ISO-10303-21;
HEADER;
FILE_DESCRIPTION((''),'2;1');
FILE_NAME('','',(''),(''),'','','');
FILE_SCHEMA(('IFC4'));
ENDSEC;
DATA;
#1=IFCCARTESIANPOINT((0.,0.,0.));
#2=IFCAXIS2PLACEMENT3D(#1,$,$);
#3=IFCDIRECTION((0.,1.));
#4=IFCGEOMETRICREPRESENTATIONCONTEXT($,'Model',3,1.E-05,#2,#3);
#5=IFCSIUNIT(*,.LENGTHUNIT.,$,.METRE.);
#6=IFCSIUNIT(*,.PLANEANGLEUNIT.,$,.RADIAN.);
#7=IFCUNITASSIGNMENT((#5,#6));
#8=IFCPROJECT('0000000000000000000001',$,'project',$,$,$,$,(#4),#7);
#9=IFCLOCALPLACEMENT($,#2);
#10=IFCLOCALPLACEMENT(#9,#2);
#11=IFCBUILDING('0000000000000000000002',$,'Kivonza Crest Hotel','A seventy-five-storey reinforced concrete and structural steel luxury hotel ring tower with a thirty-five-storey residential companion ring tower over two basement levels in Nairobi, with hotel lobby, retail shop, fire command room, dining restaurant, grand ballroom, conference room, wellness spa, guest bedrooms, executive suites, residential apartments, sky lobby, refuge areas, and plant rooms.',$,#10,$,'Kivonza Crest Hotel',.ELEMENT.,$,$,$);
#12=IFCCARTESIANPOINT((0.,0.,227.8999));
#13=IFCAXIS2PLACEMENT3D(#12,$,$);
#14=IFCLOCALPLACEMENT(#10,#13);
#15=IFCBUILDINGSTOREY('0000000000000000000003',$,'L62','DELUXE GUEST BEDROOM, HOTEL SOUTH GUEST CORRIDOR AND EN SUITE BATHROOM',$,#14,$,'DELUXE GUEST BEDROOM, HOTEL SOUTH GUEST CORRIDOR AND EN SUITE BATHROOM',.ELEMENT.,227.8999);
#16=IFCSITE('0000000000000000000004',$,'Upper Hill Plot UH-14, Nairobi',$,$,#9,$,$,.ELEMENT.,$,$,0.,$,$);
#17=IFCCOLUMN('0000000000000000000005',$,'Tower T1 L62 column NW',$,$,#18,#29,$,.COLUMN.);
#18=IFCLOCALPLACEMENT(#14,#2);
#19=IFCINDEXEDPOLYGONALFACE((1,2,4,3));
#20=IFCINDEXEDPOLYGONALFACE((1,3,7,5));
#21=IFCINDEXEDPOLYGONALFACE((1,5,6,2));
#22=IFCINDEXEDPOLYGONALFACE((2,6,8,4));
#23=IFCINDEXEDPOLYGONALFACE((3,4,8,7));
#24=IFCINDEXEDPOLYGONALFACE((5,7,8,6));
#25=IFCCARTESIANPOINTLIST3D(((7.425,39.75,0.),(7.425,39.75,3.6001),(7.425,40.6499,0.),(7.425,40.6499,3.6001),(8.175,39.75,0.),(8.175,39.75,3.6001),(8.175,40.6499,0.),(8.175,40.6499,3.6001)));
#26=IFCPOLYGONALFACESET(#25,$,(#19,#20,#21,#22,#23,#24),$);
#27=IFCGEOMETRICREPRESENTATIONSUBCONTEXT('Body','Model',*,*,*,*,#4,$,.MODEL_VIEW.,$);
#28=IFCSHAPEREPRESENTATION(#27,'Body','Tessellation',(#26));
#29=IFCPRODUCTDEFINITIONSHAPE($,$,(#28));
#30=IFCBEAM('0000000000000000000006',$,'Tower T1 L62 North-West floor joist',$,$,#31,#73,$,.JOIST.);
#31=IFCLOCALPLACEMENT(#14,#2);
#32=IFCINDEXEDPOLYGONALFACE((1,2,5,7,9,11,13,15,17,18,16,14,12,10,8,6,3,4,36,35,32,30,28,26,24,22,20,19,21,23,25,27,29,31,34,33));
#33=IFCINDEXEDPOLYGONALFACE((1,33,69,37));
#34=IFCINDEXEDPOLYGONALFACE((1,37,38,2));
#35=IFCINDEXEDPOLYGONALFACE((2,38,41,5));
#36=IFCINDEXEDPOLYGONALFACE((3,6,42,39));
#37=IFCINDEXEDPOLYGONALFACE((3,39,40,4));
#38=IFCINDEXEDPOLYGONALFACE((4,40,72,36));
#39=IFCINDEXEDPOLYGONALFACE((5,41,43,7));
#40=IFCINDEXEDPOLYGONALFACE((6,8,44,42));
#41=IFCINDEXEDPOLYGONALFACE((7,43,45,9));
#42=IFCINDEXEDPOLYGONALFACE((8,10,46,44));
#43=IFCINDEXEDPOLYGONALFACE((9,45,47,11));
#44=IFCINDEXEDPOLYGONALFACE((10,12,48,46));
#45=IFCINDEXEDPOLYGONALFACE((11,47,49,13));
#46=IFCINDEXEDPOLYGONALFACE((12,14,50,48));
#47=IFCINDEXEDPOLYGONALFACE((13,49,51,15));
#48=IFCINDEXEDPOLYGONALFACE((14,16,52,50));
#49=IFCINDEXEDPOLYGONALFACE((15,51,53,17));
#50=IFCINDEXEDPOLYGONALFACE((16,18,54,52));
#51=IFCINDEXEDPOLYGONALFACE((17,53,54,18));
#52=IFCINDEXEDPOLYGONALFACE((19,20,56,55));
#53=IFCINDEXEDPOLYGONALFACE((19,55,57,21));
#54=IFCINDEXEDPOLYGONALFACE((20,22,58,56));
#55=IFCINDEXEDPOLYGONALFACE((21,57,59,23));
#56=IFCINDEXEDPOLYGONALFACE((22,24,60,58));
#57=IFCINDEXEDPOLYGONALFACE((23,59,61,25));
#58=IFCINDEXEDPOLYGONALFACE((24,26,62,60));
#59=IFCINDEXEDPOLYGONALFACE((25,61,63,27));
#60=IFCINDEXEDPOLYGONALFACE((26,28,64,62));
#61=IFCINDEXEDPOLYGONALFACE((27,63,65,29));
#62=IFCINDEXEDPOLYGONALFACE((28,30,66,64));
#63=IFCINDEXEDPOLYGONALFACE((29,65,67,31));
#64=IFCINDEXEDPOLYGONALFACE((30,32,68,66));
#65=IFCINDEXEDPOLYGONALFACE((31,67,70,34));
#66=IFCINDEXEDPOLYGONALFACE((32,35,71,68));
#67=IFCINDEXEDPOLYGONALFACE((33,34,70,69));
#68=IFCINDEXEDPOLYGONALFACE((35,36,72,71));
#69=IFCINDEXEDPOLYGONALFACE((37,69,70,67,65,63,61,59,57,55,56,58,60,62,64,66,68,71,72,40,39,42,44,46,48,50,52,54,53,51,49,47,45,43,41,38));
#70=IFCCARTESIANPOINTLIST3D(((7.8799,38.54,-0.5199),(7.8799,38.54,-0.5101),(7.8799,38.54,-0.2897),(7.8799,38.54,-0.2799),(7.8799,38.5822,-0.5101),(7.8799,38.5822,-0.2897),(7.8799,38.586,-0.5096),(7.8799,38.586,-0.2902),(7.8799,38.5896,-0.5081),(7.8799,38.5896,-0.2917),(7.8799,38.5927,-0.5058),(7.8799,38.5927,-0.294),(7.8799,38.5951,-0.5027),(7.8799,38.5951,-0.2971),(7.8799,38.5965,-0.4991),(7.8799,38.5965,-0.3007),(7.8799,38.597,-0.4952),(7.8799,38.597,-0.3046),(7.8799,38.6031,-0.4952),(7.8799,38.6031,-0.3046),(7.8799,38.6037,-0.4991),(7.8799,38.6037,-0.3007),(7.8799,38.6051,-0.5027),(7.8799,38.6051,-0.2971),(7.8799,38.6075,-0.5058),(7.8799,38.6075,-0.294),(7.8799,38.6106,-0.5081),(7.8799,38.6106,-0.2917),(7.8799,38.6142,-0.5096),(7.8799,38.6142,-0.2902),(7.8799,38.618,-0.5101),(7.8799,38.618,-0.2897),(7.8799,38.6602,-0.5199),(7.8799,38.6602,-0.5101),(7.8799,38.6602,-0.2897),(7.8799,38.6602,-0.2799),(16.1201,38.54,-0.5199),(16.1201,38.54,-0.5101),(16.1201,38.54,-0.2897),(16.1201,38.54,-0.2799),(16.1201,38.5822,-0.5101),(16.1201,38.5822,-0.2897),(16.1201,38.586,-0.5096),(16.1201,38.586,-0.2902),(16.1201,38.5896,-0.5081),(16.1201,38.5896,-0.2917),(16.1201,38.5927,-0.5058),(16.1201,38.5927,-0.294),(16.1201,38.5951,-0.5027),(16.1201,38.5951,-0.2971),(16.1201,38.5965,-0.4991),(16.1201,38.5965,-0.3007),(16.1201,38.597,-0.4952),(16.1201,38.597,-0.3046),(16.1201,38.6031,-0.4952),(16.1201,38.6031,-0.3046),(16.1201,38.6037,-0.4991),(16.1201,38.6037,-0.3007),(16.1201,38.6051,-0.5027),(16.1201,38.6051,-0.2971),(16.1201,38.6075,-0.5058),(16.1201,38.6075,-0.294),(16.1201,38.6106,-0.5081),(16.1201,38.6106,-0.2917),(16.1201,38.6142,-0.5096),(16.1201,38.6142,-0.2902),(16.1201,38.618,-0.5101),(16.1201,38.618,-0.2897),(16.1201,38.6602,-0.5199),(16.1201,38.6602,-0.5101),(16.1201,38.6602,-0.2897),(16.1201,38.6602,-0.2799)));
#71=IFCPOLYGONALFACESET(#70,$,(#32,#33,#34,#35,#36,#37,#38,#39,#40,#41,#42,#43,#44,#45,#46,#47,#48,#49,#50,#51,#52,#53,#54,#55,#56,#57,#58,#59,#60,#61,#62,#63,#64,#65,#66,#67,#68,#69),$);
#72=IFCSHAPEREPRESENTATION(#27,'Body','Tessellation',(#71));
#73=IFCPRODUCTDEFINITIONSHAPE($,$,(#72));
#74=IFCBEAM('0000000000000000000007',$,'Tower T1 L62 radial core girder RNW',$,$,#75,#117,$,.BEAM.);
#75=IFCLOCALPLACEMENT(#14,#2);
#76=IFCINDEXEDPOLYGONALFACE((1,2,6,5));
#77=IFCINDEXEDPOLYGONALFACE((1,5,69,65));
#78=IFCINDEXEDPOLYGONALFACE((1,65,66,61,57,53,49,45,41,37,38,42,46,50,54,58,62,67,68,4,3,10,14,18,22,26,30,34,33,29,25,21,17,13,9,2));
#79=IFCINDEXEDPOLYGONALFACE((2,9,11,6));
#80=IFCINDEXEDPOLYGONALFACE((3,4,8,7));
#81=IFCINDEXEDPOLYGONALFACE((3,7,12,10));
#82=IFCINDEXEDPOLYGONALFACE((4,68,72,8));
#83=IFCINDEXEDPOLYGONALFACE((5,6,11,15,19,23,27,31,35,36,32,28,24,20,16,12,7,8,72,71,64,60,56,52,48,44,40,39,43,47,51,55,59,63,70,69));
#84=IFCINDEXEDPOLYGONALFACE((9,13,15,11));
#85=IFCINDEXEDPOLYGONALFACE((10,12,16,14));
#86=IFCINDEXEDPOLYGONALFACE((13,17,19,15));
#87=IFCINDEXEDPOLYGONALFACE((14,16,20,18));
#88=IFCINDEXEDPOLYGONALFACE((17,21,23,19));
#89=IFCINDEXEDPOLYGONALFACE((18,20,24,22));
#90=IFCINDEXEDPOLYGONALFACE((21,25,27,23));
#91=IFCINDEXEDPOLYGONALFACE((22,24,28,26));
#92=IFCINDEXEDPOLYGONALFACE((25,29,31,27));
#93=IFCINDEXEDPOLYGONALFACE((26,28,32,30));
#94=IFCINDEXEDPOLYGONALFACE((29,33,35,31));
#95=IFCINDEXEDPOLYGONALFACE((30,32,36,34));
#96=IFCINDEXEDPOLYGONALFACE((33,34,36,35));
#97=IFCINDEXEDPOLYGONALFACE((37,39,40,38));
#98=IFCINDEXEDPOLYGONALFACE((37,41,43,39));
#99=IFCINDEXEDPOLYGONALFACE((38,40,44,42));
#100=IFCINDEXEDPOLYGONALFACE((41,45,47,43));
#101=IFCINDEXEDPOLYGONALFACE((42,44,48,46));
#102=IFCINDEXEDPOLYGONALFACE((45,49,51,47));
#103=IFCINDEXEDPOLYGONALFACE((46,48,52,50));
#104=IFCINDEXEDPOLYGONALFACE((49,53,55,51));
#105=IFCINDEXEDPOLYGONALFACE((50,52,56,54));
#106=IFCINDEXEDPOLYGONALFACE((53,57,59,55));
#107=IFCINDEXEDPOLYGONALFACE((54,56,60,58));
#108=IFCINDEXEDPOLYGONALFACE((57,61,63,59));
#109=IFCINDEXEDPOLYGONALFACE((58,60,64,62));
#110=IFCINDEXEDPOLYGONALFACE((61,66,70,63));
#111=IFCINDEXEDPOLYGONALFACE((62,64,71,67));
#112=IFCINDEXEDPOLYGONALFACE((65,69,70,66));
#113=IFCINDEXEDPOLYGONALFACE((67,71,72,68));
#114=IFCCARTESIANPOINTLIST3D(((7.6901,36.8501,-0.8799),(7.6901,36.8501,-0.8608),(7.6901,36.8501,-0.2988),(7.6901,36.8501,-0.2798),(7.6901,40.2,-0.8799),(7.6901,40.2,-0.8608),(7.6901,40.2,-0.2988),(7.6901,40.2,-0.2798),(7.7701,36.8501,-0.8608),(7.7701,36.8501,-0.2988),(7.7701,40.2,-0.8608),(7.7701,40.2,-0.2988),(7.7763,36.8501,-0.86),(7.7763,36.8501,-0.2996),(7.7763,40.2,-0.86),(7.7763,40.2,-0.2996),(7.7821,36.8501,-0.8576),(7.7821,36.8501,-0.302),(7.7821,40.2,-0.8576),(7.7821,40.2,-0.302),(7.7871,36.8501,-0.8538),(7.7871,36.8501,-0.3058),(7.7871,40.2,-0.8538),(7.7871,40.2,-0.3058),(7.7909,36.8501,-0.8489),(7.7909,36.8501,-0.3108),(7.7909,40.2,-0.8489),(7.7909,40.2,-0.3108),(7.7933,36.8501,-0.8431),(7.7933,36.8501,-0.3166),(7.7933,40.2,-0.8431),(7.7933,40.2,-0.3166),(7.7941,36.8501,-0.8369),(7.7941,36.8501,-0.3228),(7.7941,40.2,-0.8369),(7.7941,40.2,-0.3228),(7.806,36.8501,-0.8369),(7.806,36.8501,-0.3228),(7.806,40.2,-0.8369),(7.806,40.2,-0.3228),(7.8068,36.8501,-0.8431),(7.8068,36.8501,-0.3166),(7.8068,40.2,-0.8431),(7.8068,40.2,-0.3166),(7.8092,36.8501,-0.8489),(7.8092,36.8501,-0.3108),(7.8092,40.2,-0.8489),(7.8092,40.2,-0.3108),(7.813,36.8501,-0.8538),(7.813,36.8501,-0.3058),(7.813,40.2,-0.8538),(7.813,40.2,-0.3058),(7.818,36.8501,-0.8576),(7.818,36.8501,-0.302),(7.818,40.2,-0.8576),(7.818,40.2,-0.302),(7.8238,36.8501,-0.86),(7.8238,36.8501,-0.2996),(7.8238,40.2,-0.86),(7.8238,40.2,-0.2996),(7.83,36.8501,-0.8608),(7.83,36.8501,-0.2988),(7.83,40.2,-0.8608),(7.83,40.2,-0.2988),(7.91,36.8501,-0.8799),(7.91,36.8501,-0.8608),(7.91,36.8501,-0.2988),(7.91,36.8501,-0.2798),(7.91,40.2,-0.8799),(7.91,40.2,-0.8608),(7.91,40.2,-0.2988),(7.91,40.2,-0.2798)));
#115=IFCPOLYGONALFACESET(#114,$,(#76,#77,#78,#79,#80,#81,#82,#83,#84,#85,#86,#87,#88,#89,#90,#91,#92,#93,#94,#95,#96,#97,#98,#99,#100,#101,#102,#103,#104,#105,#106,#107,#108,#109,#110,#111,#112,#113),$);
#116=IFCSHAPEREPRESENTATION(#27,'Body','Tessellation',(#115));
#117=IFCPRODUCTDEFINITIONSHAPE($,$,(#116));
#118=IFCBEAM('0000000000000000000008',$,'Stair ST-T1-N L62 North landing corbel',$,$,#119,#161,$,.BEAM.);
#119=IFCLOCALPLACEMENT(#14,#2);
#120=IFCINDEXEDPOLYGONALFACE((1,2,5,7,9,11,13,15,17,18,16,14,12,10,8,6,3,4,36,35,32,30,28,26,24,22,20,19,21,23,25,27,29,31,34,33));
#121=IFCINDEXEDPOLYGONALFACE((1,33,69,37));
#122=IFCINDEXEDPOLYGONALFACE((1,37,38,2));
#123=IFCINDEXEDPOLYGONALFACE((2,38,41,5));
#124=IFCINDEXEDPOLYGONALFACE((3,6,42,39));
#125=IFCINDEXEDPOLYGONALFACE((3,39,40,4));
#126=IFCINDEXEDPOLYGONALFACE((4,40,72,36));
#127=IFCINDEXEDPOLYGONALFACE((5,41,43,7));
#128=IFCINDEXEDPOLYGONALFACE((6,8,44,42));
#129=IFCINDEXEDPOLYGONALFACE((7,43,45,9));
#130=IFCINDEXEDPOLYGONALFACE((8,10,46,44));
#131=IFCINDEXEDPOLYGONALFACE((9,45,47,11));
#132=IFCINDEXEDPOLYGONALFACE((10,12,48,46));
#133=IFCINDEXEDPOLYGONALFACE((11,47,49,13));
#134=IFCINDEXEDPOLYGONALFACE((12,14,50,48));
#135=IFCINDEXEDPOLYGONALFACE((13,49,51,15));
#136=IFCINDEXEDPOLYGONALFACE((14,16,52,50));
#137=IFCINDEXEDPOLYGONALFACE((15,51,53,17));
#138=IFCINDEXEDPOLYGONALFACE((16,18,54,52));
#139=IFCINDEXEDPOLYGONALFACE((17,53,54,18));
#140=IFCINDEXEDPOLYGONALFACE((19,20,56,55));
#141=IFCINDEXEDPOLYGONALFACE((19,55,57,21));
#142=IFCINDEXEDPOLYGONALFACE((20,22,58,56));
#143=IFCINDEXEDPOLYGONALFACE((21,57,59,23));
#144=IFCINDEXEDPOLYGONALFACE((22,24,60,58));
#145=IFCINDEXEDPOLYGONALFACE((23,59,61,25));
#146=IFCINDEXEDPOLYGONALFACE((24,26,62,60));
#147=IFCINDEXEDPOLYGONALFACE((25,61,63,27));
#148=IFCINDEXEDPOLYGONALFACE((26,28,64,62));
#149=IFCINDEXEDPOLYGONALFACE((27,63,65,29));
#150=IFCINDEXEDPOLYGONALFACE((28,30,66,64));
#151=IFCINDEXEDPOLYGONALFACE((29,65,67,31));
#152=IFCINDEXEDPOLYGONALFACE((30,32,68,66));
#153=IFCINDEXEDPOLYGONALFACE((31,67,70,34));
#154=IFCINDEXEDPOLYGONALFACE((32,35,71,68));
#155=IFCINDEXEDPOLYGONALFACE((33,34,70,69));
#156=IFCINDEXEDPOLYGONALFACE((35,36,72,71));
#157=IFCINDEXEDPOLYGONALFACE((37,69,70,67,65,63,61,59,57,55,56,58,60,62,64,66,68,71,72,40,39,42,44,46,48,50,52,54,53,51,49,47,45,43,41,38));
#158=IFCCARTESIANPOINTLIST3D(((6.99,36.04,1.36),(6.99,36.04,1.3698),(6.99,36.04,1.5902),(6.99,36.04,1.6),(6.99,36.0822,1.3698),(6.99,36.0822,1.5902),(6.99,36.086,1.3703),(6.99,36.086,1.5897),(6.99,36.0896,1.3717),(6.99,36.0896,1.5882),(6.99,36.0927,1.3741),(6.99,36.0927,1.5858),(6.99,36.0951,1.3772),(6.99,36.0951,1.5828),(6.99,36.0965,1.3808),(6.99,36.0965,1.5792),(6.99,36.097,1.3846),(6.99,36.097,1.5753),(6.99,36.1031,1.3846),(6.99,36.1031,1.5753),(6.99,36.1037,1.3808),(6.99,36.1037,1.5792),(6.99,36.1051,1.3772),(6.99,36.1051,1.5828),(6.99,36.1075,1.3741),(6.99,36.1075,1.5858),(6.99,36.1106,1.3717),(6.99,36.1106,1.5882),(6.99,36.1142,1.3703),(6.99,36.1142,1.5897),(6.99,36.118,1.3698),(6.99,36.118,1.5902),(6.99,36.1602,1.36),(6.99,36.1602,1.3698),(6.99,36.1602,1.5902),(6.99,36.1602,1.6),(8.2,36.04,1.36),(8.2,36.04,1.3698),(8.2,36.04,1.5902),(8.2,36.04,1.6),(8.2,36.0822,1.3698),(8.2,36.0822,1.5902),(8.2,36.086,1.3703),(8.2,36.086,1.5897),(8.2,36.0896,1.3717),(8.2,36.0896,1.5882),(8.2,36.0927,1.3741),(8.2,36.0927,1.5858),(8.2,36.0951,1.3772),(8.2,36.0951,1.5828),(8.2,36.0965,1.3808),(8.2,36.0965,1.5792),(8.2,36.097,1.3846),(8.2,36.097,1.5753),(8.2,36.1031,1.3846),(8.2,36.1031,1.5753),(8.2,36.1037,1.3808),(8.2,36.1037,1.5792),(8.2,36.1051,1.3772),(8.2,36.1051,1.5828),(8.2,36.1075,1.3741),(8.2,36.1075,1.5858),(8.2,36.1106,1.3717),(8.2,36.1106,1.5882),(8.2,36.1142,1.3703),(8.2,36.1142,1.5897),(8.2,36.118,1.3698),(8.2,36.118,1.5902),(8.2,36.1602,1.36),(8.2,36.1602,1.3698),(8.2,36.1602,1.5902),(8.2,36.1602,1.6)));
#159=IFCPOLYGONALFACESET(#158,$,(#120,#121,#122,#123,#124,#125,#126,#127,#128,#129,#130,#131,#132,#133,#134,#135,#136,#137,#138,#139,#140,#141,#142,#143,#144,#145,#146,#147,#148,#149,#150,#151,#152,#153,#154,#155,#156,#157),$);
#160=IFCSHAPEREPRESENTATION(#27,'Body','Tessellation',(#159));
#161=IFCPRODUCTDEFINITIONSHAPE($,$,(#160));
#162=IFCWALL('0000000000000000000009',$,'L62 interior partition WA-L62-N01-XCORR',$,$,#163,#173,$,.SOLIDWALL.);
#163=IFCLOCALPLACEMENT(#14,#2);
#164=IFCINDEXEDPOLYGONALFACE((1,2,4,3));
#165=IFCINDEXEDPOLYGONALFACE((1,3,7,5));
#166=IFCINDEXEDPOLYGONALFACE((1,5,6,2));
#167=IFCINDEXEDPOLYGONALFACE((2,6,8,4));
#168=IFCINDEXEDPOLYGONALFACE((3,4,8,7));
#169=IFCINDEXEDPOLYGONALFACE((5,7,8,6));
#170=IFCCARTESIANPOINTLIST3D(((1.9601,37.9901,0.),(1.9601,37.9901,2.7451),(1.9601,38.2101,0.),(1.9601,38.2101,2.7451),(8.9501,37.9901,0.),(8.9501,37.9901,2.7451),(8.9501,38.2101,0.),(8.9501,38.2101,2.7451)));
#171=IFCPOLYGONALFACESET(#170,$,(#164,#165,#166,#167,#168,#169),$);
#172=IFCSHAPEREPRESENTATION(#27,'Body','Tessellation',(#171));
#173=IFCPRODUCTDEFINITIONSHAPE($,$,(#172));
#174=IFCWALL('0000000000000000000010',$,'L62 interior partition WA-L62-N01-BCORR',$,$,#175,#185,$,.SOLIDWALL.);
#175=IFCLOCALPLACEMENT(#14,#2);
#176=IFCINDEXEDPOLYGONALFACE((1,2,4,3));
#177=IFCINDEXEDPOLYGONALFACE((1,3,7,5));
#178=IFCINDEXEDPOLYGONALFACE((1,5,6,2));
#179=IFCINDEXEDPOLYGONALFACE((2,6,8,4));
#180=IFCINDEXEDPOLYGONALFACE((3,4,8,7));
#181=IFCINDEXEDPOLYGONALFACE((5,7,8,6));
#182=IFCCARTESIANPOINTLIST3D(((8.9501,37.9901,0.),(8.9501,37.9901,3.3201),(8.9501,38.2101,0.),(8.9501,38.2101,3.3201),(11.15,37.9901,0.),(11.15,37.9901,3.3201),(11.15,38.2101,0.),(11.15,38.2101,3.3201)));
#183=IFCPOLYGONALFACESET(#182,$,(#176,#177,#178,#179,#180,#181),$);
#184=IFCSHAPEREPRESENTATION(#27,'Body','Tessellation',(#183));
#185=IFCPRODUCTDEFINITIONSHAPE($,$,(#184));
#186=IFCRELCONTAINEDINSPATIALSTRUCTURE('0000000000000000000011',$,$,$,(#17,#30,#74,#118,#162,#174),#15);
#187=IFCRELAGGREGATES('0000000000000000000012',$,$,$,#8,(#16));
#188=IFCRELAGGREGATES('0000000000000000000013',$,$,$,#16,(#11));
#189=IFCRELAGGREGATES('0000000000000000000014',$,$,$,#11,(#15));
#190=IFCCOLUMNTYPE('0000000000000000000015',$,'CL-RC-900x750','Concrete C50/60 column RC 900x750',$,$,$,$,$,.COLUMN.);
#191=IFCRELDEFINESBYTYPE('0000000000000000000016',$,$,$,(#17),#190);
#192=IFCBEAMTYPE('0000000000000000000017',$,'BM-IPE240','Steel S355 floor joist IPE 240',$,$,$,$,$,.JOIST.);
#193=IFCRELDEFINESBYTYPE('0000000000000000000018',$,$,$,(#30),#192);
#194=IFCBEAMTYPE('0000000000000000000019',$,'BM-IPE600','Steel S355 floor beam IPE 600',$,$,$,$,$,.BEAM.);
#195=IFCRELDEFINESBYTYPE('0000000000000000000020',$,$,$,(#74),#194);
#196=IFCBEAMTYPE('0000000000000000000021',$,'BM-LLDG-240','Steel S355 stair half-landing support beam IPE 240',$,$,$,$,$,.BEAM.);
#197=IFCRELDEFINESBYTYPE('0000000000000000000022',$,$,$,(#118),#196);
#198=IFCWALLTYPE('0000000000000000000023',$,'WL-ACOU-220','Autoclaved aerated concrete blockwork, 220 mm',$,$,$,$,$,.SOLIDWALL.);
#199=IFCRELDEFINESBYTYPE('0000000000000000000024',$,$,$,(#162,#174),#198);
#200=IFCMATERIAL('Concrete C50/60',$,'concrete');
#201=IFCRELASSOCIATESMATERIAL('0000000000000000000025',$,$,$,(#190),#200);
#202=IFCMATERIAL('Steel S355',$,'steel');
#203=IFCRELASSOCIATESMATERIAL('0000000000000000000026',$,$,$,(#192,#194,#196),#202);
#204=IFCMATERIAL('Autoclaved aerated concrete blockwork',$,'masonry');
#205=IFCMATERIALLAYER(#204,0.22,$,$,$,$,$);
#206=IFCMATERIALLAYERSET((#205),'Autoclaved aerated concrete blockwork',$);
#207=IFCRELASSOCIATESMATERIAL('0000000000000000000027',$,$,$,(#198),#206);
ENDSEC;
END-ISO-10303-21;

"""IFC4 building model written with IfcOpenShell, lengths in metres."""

from ifc_helpers import new_model, si_unit, direction, frame, frame_2d, origin, origin_2d, place, context, subcontext, project, spatial, rectangle, i_section, extrude, material, layer, layer_set, material_profile, profile_set, type_object, element, save


model = new_model("IFC4")

# Units and contexts
model_context = context("Model", 3, precision=1e-05, world=origin(), true_north=direction((0.0, 1.0)))
body_context = subcontext(model_context, "Body", "Model", "MODEL_VIEW")
ifc_project = project(units=[si_unit("LENGTHUNIT", "METRE"), si_unit("PLANEANGLEUNIT", "RADIAN")], contexts=[model_context])

# Site, building, storey
site_placement = place(None, origin())
site = spatial("IfcSite", under=ifc_project, at=site_placement, Name="Upper Hill Plot UH-14, Nairobi", CompositionType="ELEMENT", RefElevation=0.0)
building_placement = place(site_placement, origin())
building = spatial("IfcBuilding", under=site, at=building_placement, Name="Kivonza Crest Hotel", Description="A seventy-five-storey reinforced concrete and structural steel luxury hotel ring tower with a thirty-five-storey residential companion ring tower over two basement levels in Nairobi, with hotel lobby, retail shop, fire command room, dining restaurant, grand ballroom, conference room, wellness spa, guest bedrooms, executive suites, residential apartments, sky lobby, refuge areas, and plant rooms.", LongName="Kivonza Crest Hotel", CompositionType="ELEMENT")
storey_placement = place(building_placement, frame((0.0, 0.0, 227.8999)))
storey = spatial("IfcBuildingStorey", under=building, at=storey_placement, Name="L62", Description="DELUXE GUEST BEDROOM, HOTEL SOUTH GUEST CORRIDOR AND EN SUITE BATHROOM", LongName="DELUXE GUEST BEDROOM, HOTEL SOUTH GUEST CORRIDOR AND EN SUITE BATHROOM", CompositionType="ELEMENT", Elevation=227.8999)

# Column
ifc_material_1 = material(Name="Concrete C50/60", Category="concrete")
ifc_material_profile_1 = material_profile(ifc_material_1, rectangle(XDim=0.75, YDim=0.8999, at=origin_2d()), Name="RC 900x750")
ifc_profile_set_1 = profile_set([ifc_material_profile_1], Name="Concrete C50/60")
column_type = type_object("IfcColumnType", Name="CL-RC-900x750", Description="Concrete C50/60 column RC 900x750", PredefinedType="COLUMN", material=ifc_profile_set_1)
column_placement = place(storey_placement, frame((7.8, 40.2, 0.0), z_axis=(0.0, 0.0, 1.0), x_axis=(1.0, 0.0, 0.0)))
element("IfcColumn", 1, at=column_placement, inside=storey, type_object=column_type, Name="Tower T1 L62 column NW", PredefinedType="COLUMN", context=body_context, shape_type="SweptSolid", body=[
    extrude(rectangle(XDim=0.75, YDim=0.8999, at=origin_2d()), origin(), (0.0, 0.0, 1.0), 3.6001),
])

# Beams
ifc_material_2 = material(Name="Steel S355", Category="steel")
ifc_material_profile_2 = material_profile(ifc_material_2, i_section(OverallWidth=0.1201, OverallDepth=0.24, WebThickness=0.0061, FlangeThickness=0.0098, FilletRadius=0.0149, at=origin_2d()), Name="IPE 240")
ifc_profile_set_2 = profile_set([ifc_material_profile_2], Name="Steel S355")
beam_type_1 = type_object("IfcBeamType", Name="BM-IPE240", Description="Steel S355 floor joist IPE 240", PredefinedType="JOIST", material=ifc_profile_set_2)
beam_1_placement = place(storey_placement, frame((7.8799, 38.6001, -0.3999), z_axis=(1.0, 0.0, 0.0), x_axis=(0.0, 1.0, 0.0)))
element("IfcBeam", 2, at=beam_1_placement, inside=storey, type_object=beam_type_1, Name="Tower T1 L62 North-West floor joist", PredefinedType="JOIST", context=body_context, shape_type="SweptSolid", body=[
    extrude(i_section(OverallWidth=0.1201, OverallDepth=0.24, WebThickness=0.0061, FlangeThickness=0.0098, FilletRadius=0.0149, at=origin_2d()), origin(), (0.0, 0.0, 1.0), 8.2402),
])
ifc_material_profile_3 = material_profile(ifc_material_2, i_section(OverallWidth=0.22, OverallDepth=0.6001, WebThickness=0.012, FlangeThickness=0.019, FilletRadius=0.0239, at=origin_2d()), Name="IPE 600")
ifc_profile_set_3 = profile_set([ifc_material_profile_3], Name="Steel S355")
beam_type_2 = type_object("IfcBeamType", Name="BM-IPE600", Description="Steel S355 floor beam IPE 600", PredefinedType="BEAM", material=ifc_profile_set_3)
beam_2_placement = place(storey_placement, frame((7.8, 40.2, -0.5798), z_axis=(0.0, -1.0, 0.0), x_axis=(1.0, 0.0, 0.0)))
element("IfcBeam", 3, at=beam_2_placement, inside=storey, type_object=beam_type_2, Name="Tower T1 L62 radial core girder RNW", PredefinedType="BEAM", context=body_context, shape_type="SweptSolid", body=[
    extrude(i_section(OverallWidth=0.22, OverallDepth=0.6001, WebThickness=0.012, FlangeThickness=0.019, FilletRadius=0.0239, at=origin_2d()), origin(), (0.0, 0.0, 1.0), 3.3499),
])
ifc_material_profile_4 = material_profile(ifc_material_2, i_section(OverallWidth=0.1201, OverallDepth=0.24, WebThickness=0.0061, FlangeThickness=0.0098, FilletRadius=0.0149, at=origin_2d()), Name="IPE 240")
ifc_profile_set_4 = profile_set([ifc_material_profile_4], Name="Steel S355")
beam_type_3 = type_object("IfcBeamType", Name="BM-LLDG-240", Description="Steel S355 stair half-landing support beam IPE 240", PredefinedType="BEAM", material=ifc_profile_set_4)
beam_3_placement = place(storey_placement, frame((6.99, 36.1001, 1.48), z_axis=(1.0, 0.0, 0.0), x_axis=(0.0, 1.0, 0.0)))
element("IfcBeam", 4, at=beam_3_placement, inside=storey, type_object=beam_type_3, Name="Stair ST-T1-N L62 North landing corbel", PredefinedType="BEAM", context=body_context, shape_type="SweptSolid", body=[
    extrude(i_section(OverallWidth=0.1201, OverallDepth=0.24, WebThickness=0.0061, FlangeThickness=0.0098, FilletRadius=0.0149, at=origin_2d()), origin(), (0.0, 0.0, 1.0), 1.21),
])

# Walls
ifc_material_3 = material(Name="Autoclaved aerated concrete blockwork", Category="masonry")
ifc_layer_1 = layer(ifc_material_3, 0.22)
ifc_layer_set_1 = layer_set([ifc_layer_1], Name="Autoclaved aerated concrete blockwork")
wall_type_1 = type_object("IfcWallType", Name="WL-ACOU-220", Description="Autoclaved aerated concrete blockwork, 220 mm", PredefinedType="SOLIDWALL", material=ifc_layer_set_1)
wall_1_placement = place(storey_placement, frame((1.96, 38.1001, 0.0), z_axis=(0.0, 0.0, 1.0), x_axis=(1.0, 0.0, 0.0)))
element("IfcWall", 5, at=wall_1_placement, inside=storey, type_object=wall_type_1, Name="L62 interior partition WA-L62-N01-XCORR", PredefinedType="SOLIDWALL", context=body_context, shape_type="SweptSolid", body=[
    extrude(rectangle(XDim=6.99, YDim=0.22, at=frame_2d((3.4951, 0.0))), origin(), (0.0, 0.0, 1.0), 2.7451),
])
wall_2_placement = place(storey_placement, frame((8.95, 38.1001, 0.0), z_axis=(0.0, 0.0, 1.0), x_axis=(1.0, 0.0, 0.0)))
element("IfcWall", 6, at=wall_2_placement, inside=storey, type_object=wall_type_1, Name="L62 interior partition WA-L62-N01-BCORR", PredefinedType="SOLIDWALL", context=body_context, shape_type="SweptSolid", body=[
    extrude(rectangle(XDim=2.2, YDim=0.22, at=frame_2d((1.1001, 0.0))), origin(), (0.0, 0.0, 1.0), 3.3201),
])

save(model, "model.ifc")
